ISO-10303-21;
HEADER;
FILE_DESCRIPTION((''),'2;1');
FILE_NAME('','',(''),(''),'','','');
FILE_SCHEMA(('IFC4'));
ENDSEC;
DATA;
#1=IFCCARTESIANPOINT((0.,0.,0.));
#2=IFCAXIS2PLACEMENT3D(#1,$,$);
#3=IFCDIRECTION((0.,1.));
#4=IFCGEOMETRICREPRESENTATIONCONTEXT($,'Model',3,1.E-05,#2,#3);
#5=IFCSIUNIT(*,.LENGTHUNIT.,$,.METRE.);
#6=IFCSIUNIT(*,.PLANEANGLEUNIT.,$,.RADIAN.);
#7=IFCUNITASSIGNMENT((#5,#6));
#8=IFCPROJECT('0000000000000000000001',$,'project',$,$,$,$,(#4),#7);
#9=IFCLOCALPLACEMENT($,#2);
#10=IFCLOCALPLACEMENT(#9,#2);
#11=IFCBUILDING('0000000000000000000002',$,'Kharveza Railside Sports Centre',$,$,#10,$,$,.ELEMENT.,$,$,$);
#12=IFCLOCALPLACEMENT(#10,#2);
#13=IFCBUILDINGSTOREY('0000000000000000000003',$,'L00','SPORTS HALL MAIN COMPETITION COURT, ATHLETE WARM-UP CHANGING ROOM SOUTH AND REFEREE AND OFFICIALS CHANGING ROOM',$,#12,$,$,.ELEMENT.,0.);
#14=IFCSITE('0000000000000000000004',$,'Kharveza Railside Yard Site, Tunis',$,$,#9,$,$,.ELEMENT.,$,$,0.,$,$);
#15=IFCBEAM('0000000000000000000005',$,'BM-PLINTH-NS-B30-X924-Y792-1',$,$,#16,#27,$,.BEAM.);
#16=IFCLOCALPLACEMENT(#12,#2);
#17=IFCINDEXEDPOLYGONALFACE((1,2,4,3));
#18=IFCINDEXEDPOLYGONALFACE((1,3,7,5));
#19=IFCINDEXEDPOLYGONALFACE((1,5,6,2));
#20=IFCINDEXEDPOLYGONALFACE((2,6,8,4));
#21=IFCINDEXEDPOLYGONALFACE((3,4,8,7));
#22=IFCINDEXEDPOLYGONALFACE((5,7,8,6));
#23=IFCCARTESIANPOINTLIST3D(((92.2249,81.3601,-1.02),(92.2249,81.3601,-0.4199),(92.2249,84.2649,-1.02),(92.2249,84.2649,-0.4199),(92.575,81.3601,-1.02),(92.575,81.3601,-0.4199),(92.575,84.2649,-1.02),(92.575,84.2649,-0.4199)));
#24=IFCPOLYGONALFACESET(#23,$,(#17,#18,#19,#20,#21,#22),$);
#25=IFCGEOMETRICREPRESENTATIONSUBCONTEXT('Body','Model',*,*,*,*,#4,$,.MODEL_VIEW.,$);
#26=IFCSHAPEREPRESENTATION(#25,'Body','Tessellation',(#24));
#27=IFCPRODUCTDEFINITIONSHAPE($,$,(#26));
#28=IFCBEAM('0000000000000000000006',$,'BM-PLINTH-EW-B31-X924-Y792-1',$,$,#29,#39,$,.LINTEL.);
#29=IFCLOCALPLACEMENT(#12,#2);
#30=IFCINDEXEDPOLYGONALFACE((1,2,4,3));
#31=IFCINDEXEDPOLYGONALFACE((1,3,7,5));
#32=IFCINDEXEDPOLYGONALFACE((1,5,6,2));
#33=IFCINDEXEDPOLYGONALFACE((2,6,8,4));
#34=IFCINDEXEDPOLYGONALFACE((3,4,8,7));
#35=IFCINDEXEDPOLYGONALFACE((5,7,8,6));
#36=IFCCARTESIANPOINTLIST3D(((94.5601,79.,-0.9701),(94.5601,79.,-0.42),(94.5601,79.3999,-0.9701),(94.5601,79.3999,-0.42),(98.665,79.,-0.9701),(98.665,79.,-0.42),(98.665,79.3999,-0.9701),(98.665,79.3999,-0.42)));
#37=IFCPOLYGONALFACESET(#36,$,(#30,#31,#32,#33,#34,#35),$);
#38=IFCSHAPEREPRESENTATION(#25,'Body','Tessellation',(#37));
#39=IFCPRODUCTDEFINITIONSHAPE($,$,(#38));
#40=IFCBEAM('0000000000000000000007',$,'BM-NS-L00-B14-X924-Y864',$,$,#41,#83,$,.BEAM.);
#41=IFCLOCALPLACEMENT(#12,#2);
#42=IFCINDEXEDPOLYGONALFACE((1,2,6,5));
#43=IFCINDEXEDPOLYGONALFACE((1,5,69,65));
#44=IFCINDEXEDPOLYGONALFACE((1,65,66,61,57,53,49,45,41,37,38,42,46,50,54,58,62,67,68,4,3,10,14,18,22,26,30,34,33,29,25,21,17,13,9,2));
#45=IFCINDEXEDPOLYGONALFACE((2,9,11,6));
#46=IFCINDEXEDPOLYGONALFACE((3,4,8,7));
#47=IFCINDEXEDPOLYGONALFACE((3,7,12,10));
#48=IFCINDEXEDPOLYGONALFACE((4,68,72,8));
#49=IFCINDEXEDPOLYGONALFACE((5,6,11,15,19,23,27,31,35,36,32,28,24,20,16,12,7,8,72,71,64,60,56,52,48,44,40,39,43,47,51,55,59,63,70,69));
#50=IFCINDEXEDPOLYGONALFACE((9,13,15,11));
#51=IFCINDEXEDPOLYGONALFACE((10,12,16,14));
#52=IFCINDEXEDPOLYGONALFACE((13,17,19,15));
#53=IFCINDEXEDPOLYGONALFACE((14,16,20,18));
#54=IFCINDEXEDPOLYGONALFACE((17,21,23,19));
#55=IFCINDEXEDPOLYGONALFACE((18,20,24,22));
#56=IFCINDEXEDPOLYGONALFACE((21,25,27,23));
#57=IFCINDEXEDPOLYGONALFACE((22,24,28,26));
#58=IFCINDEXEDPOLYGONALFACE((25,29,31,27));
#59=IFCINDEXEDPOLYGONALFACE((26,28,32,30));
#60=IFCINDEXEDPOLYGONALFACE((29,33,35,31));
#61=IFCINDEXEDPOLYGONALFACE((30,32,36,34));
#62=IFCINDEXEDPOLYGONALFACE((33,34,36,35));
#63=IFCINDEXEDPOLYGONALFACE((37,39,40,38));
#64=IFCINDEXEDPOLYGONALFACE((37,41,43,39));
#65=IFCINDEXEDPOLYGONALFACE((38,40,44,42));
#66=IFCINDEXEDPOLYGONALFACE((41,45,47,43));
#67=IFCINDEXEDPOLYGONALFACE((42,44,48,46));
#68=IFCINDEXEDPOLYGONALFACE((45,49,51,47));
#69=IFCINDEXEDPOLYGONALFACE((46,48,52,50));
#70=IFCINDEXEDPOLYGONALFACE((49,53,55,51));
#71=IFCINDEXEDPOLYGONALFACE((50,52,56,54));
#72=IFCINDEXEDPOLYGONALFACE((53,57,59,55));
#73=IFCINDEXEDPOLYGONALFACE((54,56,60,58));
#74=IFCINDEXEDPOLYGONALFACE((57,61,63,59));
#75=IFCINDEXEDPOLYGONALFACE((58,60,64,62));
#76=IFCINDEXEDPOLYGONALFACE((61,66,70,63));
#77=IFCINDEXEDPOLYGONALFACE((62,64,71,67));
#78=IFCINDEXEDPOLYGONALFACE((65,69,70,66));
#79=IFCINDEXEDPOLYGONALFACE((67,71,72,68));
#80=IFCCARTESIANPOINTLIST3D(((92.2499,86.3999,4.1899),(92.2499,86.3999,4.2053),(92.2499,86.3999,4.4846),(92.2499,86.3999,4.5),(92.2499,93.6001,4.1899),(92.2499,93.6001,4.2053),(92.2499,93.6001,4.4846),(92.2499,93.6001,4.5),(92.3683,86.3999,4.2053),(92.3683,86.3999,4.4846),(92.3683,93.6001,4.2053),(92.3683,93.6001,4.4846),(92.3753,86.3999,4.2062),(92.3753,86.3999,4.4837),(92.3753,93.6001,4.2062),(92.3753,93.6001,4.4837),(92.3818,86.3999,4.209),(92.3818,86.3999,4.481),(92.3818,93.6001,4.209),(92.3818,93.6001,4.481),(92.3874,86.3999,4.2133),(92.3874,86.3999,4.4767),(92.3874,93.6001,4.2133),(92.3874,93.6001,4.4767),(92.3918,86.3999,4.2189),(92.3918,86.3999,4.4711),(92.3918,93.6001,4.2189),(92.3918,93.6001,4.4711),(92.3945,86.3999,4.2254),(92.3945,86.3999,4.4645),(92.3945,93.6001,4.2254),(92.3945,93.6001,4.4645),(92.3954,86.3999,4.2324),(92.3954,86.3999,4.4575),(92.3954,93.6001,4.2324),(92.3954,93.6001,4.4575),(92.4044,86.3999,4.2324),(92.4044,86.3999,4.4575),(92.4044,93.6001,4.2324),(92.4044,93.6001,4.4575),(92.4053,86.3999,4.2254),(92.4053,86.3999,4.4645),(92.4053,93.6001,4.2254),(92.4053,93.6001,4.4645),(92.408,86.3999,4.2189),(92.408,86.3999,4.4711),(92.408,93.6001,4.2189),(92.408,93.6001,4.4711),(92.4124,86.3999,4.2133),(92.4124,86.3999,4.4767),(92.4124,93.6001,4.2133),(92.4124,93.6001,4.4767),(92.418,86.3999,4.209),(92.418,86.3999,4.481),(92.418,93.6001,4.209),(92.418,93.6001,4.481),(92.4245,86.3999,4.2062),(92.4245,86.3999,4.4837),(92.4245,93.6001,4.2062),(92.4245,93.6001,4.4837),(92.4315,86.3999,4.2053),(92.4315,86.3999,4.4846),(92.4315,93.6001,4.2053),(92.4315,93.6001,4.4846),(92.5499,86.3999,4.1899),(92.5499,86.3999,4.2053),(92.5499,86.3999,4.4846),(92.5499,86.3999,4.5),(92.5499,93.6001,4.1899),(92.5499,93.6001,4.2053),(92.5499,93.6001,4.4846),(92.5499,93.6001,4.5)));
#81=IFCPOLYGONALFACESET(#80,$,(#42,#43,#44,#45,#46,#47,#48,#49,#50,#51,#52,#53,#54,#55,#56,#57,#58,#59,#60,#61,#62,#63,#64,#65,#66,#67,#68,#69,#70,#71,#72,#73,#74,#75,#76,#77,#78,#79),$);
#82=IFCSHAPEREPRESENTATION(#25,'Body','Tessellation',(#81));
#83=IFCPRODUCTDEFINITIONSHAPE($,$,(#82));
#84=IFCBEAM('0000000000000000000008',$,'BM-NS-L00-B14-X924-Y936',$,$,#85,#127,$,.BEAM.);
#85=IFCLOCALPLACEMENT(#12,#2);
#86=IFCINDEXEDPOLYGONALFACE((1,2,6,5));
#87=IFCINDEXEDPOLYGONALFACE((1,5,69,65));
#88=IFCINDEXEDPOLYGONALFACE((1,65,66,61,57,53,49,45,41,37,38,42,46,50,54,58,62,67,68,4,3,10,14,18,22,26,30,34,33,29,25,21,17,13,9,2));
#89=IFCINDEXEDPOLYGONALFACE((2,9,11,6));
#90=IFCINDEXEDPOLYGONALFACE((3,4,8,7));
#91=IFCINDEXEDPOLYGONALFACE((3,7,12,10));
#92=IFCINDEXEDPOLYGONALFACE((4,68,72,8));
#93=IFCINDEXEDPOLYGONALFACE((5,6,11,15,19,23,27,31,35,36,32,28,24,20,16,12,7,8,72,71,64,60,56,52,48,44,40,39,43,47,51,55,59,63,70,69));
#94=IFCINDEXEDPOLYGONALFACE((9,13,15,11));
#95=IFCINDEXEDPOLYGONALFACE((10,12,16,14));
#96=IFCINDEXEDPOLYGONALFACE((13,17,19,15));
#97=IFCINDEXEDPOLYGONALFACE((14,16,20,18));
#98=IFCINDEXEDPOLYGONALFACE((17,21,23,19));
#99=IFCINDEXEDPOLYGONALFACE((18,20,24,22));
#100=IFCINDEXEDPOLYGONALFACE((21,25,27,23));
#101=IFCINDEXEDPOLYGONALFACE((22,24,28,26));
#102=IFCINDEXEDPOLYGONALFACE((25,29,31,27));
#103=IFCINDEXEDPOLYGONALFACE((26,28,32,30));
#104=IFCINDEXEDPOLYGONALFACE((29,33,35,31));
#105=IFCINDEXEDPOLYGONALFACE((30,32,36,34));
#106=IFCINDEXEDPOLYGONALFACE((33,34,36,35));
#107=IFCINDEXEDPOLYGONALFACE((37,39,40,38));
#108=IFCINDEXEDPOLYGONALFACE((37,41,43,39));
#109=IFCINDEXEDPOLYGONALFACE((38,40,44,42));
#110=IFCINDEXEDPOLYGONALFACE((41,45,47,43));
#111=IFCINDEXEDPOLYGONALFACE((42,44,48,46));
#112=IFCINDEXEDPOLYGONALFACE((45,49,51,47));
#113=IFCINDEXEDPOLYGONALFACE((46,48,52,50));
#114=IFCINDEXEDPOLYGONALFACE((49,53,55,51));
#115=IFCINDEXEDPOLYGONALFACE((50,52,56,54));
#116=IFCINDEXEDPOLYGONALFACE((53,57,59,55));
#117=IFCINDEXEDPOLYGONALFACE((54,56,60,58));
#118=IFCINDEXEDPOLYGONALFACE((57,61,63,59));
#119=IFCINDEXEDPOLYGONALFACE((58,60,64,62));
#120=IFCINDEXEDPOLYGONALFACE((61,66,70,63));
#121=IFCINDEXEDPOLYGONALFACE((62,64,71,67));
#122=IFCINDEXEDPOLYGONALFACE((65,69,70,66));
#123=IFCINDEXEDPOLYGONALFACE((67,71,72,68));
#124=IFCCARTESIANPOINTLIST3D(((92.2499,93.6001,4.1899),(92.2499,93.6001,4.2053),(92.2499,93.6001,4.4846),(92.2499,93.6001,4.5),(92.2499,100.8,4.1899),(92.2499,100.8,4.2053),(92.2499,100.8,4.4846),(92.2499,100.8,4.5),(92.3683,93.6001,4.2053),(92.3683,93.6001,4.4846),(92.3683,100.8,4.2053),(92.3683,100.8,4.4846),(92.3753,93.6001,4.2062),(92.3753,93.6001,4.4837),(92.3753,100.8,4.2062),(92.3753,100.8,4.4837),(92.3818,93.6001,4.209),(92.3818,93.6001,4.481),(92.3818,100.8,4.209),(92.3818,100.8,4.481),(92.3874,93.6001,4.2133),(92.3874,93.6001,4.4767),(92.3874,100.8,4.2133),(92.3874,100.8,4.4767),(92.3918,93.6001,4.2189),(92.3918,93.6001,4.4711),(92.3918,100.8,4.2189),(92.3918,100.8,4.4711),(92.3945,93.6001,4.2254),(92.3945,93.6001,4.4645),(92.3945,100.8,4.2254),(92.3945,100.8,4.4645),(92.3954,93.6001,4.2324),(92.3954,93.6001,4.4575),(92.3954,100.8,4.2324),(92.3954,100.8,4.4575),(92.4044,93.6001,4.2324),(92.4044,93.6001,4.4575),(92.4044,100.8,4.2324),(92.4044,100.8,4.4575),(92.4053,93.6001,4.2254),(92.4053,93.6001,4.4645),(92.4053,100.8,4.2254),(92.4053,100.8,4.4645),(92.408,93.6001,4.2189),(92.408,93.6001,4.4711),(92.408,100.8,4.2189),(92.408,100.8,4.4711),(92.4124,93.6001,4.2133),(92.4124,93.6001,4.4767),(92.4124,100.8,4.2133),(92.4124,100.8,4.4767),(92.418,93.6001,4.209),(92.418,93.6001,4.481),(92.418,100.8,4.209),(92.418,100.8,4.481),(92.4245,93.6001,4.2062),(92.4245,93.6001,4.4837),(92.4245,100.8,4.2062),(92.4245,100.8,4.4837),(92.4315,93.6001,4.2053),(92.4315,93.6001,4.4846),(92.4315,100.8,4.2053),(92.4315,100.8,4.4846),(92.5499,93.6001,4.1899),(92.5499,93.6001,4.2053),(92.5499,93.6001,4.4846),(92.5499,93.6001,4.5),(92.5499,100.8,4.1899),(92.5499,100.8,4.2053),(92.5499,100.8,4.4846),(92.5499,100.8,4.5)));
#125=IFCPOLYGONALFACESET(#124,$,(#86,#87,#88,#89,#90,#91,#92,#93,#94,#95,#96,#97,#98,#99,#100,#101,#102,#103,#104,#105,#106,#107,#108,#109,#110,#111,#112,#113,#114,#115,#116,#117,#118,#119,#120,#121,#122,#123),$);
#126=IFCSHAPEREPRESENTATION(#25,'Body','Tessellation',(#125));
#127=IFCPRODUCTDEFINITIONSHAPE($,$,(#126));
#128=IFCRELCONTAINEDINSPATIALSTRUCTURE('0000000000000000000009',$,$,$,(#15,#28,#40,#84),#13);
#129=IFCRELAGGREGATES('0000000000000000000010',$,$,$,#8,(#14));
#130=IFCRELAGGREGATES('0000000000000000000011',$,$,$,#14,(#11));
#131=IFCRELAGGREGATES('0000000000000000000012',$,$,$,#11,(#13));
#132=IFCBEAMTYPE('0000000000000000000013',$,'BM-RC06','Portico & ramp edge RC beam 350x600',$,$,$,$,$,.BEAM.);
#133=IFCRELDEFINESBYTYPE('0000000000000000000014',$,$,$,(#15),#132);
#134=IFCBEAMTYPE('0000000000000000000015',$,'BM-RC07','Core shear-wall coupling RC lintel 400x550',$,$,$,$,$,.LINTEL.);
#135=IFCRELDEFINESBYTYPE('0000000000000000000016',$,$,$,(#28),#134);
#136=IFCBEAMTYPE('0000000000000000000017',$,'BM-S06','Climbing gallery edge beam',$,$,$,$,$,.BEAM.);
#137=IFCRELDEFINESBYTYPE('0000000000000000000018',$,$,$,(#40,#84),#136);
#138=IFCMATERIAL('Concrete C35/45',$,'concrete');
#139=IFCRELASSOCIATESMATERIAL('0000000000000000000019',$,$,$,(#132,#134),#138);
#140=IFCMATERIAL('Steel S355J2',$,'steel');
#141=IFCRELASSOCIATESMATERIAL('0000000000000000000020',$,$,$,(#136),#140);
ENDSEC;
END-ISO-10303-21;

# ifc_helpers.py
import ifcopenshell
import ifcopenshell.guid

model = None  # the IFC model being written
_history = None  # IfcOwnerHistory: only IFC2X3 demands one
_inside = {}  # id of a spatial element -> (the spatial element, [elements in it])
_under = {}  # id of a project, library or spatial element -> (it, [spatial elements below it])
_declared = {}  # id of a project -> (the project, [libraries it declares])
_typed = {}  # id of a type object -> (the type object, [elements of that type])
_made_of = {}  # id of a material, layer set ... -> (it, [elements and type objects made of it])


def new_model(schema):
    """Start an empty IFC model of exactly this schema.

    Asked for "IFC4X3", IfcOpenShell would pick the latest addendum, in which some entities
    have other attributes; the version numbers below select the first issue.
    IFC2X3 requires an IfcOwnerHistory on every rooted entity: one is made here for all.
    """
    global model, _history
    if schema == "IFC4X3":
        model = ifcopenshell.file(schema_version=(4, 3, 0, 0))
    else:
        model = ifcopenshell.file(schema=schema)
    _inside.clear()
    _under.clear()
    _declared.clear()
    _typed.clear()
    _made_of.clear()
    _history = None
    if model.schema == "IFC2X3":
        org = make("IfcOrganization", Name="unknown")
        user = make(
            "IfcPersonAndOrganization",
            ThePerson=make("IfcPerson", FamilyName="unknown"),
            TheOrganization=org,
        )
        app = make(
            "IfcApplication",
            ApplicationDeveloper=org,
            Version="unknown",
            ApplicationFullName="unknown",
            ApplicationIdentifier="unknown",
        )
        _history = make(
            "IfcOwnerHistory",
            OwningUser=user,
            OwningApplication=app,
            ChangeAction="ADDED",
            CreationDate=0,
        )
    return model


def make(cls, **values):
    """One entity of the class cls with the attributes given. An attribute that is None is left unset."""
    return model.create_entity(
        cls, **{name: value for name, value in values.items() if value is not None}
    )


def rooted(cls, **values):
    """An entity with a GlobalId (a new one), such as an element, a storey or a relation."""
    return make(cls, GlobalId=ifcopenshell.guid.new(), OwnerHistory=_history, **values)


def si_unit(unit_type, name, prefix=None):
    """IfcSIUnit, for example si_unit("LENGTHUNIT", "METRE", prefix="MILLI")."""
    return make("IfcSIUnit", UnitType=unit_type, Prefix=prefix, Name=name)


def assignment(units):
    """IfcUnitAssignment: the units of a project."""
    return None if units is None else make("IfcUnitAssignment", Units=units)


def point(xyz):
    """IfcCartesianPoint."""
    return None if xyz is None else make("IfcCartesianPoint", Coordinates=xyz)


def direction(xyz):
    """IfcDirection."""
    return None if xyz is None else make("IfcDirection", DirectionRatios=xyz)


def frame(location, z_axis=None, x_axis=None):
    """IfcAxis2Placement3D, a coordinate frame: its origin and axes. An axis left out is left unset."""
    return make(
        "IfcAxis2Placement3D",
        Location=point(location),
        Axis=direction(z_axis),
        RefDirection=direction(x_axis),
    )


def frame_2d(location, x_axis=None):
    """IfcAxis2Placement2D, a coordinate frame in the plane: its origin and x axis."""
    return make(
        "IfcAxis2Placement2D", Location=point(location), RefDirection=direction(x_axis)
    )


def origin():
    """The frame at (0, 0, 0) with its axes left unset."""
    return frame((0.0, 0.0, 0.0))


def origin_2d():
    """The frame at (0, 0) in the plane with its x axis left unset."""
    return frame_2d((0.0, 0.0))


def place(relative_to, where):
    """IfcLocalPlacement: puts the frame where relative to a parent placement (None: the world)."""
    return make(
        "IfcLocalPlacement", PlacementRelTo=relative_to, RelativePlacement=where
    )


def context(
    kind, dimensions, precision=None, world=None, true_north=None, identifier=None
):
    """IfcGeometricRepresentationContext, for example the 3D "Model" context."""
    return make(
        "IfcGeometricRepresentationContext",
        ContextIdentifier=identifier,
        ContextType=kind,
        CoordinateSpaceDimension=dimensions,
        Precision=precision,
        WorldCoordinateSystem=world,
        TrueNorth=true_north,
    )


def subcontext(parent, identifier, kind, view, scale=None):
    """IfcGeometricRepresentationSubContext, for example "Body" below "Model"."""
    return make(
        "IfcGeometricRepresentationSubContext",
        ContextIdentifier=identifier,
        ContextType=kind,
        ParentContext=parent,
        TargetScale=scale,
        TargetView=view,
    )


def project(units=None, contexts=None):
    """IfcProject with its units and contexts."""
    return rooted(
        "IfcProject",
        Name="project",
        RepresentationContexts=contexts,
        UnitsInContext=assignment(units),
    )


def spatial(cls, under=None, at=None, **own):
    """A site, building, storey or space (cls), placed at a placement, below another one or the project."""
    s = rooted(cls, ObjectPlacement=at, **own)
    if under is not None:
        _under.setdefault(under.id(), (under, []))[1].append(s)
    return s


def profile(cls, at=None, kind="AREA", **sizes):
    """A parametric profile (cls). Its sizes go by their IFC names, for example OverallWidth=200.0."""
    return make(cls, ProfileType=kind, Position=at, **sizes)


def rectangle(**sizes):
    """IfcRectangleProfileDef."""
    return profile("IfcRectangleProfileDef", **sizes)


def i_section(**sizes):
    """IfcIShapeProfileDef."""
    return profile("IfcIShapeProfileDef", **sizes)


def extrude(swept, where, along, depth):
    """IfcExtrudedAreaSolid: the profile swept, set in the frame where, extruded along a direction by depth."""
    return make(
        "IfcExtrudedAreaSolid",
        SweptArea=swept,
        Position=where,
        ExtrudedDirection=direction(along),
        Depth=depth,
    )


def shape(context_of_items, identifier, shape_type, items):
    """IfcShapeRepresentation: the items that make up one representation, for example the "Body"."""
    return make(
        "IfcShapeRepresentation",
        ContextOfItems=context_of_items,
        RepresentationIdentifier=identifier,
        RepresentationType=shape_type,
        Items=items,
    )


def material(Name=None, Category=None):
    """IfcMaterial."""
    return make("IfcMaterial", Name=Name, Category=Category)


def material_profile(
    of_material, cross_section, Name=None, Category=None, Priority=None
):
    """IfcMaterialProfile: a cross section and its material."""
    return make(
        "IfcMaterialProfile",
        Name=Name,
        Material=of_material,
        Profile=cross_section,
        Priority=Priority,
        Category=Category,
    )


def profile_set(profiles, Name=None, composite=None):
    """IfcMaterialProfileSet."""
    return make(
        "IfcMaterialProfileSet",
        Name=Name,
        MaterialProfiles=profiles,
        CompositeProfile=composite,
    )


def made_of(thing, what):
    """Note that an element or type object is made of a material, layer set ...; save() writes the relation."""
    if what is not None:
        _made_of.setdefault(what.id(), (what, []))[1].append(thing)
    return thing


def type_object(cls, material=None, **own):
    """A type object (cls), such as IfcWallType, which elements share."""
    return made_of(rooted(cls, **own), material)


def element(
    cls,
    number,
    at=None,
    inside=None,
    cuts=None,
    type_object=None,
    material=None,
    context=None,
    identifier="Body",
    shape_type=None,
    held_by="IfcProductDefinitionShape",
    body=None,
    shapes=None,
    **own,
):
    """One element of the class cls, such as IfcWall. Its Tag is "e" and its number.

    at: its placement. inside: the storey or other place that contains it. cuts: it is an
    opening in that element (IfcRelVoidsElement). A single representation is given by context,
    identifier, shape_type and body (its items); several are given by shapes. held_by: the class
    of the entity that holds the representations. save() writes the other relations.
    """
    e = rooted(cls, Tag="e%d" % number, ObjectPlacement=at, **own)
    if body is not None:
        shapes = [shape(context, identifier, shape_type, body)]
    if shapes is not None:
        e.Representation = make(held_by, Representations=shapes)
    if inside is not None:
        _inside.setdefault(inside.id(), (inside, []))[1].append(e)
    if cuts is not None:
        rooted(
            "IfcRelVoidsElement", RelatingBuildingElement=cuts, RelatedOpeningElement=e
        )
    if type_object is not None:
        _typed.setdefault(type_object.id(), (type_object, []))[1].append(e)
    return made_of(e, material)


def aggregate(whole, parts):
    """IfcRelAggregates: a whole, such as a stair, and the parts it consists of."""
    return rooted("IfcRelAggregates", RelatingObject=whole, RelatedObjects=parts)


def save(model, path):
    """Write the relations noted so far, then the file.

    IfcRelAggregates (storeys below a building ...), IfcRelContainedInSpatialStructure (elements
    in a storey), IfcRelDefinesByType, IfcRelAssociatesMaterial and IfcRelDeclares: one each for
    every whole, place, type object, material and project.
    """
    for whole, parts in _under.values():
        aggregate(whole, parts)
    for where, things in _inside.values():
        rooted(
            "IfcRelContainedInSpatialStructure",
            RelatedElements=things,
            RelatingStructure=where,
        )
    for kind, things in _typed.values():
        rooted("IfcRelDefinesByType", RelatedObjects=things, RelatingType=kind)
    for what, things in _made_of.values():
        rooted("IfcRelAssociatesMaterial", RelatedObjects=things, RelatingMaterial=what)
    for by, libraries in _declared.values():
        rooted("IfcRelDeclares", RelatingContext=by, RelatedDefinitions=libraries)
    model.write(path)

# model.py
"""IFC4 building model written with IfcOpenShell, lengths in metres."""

from ifc_helpers import new_model, si_unit, direction, frame, origin, origin_2d, place, context, subcontext, project, spatial, rectangle, i_section, extrude, material, material_profile, profile_set, type_object, element, save


model = new_model("IFC4")

# Units and contexts
model_context = context("Model", 3, precision=1e-05, world=origin(), true_north=direction((0.0, 1.0)))
body_context = subcontext(model_context, "Body", "Model", "MODEL_VIEW")
ifc_project = project(units=[si_unit("LENGTHUNIT", "METRE"), si_unit("PLANEANGLEUNIT", "RADIAN")], contexts=[model_context])

# Site, building, storey
site_placement = place(None, origin())
site = spatial("IfcSite", under=ifc_project, at=site_placement, Name="Kharveza Railside Yard Site, Tunis", CompositionType="ELEMENT", RefElevation=0.0)
building_placement = place(site_placement, origin())
building = spatial("IfcBuilding", under=site, at=building_placement, Name="Kharveza Railside Sports Centre", CompositionType="ELEMENT")
storey_placement = place(building_placement, origin())
storey = spatial("IfcBuildingStorey", under=building, at=storey_placement, Name="L00", Description="SPORTS HALL MAIN COMPETITION COURT, ATHLETE WARM-UP CHANGING ROOM SOUTH AND REFEREE AND OFFICIALS CHANGING ROOM", CompositionType="ELEMENT", Elevation=0.0)

# Shared definitions
ifc_material_1 = material(Name="Concrete C35/45", Category="concrete")

# Shared definitions
ifc_material_2 = material(Name="Steel S355J2", Category="steel")

# Beams
ifc_material_profile_1 = material_profile(ifc_material_1, rectangle(XDim=0.3501, YDim=0.6001, at=origin_2d()), Name="RCB 350x600")
ifc_profile_set_1 = profile_set([ifc_material_profile_1], Name="Concrete C35/45")
beam_type_1 = type_object("IfcBeamType", Name="BM-RC06", Description="Portico & ramp edge RC beam 350x600", PredefinedType="BEAM", material=ifc_profile_set_1)
beam_1_placement = place(storey_placement, frame((92.3999, 81.3601, -0.72), z_axis=(0.0, 1.0, 0.0), x_axis=(-1.0, 0.0, 0.0)))
element("IfcBeam", 1, at=beam_1_placement, inside=storey, type_object=beam_type_1, Name="BM-PLINTH-NS-B30-X924-Y792-1", PredefinedType="BEAM", context=body_context, shape_type="SweptSolid", body=[
    extrude(rectangle(XDim=0.3501, YDim=0.6001, at=origin_2d()), origin(), (0.0, 0.0, 1.0), 2.9048),
])
ifc_material_profile_2 = material_profile(ifc_material_1, rectangle(XDim=0.3999, YDim=0.55, at=origin_2d()), Name="RCB 400x550")
ifc_profile_set_2 = profile_set([ifc_material_profile_2], Name="Concrete C35/45")
beam_type_2 = type_object("IfcBeamType", Name="BM-RC07", Description="Core shear-wall coupling RC lintel 400x550", PredefinedType="LINTEL", material=ifc_profile_set_2)
beam_2_placement = place(storey_placement, frame((94.5601, 79.2, -0.6951), z_axis=(1.0, 0.0, 0.0), x_axis=(0.0, 1.0, 0.0)))
element("IfcBeam", 2, at=beam_2_placement, inside=storey, type_object=beam_type_2, Name="BM-PLINTH-EW-B31-X924-Y792-1", PredefinedType="LINTEL", context=body_context, shape_type="SweptSolid", body=[
    extrude(rectangle(XDim=0.3999, YDim=0.55, at=origin_2d()), origin(), (0.0, 0.0, 1.0), 4.105),
])
ifc_material_profile_3 = material_profile(ifc_material_2, i_section(OverallWidth=0.3, OverallDepth=0.3101, WebThickness=0.009, FlangeThickness=0.0154, FilletRadius=0.0271, at=origin_2d()), Name="HEA 320")
ifc_profile_set_3 = profile_set([ifc_material_profile_3], Name="Steel S355J2")
beam_type_3 = type_object("IfcBeamType", Name="BM-S06", Description="Climbing gallery edge beam", PredefinedType="BEAM", material=ifc_profile_set_3)
beam_3_placement = place(storey_placement, frame((92.3999, 86.3999, 4.345), z_axis=(0.0, 1.0, 0.0), x_axis=(-1.0, 0.0, 0.0)))
element("IfcBeam", 3, at=beam_3_placement, inside=storey, type_object=beam_type_3, Name="BM-NS-L00-B14-X924-Y864", PredefinedType="BEAM", context=body_context, shape_type="SweptSolid", body=[
    extrude(i_section(OverallWidth=0.3, OverallDepth=0.3101, WebThickness=0.009, FlangeThickness=0.0154, FilletRadius=0.0271, at=origin_2d()), origin(), (0.0, 0.0, 1.0), 7.2002),
])
beam_4_placement = place(storey_placement, frame((92.3999, 93.6001, 4.345), z_axis=(0.0, 1.0, 0.0), x_axis=(-1.0, 0.0, 0.0)))
element("IfcBeam", 4, at=beam_4_placement, inside=storey, type_object=beam_type_3, Name="BM-NS-L00-B14-X924-Y936", PredefinedType="BEAM", context=body_context, shape_type="SweptSolid", body=[
    extrude(i_section(OverallWidth=0.3, OverallDepth=0.3101, WebThickness=0.009, FlangeThickness=0.0154, FilletRadius=0.0271, at=origin_2d()), origin(), (0.0, 0.0, 1.0), 7.2),
])

save(model, "model.ifc")
